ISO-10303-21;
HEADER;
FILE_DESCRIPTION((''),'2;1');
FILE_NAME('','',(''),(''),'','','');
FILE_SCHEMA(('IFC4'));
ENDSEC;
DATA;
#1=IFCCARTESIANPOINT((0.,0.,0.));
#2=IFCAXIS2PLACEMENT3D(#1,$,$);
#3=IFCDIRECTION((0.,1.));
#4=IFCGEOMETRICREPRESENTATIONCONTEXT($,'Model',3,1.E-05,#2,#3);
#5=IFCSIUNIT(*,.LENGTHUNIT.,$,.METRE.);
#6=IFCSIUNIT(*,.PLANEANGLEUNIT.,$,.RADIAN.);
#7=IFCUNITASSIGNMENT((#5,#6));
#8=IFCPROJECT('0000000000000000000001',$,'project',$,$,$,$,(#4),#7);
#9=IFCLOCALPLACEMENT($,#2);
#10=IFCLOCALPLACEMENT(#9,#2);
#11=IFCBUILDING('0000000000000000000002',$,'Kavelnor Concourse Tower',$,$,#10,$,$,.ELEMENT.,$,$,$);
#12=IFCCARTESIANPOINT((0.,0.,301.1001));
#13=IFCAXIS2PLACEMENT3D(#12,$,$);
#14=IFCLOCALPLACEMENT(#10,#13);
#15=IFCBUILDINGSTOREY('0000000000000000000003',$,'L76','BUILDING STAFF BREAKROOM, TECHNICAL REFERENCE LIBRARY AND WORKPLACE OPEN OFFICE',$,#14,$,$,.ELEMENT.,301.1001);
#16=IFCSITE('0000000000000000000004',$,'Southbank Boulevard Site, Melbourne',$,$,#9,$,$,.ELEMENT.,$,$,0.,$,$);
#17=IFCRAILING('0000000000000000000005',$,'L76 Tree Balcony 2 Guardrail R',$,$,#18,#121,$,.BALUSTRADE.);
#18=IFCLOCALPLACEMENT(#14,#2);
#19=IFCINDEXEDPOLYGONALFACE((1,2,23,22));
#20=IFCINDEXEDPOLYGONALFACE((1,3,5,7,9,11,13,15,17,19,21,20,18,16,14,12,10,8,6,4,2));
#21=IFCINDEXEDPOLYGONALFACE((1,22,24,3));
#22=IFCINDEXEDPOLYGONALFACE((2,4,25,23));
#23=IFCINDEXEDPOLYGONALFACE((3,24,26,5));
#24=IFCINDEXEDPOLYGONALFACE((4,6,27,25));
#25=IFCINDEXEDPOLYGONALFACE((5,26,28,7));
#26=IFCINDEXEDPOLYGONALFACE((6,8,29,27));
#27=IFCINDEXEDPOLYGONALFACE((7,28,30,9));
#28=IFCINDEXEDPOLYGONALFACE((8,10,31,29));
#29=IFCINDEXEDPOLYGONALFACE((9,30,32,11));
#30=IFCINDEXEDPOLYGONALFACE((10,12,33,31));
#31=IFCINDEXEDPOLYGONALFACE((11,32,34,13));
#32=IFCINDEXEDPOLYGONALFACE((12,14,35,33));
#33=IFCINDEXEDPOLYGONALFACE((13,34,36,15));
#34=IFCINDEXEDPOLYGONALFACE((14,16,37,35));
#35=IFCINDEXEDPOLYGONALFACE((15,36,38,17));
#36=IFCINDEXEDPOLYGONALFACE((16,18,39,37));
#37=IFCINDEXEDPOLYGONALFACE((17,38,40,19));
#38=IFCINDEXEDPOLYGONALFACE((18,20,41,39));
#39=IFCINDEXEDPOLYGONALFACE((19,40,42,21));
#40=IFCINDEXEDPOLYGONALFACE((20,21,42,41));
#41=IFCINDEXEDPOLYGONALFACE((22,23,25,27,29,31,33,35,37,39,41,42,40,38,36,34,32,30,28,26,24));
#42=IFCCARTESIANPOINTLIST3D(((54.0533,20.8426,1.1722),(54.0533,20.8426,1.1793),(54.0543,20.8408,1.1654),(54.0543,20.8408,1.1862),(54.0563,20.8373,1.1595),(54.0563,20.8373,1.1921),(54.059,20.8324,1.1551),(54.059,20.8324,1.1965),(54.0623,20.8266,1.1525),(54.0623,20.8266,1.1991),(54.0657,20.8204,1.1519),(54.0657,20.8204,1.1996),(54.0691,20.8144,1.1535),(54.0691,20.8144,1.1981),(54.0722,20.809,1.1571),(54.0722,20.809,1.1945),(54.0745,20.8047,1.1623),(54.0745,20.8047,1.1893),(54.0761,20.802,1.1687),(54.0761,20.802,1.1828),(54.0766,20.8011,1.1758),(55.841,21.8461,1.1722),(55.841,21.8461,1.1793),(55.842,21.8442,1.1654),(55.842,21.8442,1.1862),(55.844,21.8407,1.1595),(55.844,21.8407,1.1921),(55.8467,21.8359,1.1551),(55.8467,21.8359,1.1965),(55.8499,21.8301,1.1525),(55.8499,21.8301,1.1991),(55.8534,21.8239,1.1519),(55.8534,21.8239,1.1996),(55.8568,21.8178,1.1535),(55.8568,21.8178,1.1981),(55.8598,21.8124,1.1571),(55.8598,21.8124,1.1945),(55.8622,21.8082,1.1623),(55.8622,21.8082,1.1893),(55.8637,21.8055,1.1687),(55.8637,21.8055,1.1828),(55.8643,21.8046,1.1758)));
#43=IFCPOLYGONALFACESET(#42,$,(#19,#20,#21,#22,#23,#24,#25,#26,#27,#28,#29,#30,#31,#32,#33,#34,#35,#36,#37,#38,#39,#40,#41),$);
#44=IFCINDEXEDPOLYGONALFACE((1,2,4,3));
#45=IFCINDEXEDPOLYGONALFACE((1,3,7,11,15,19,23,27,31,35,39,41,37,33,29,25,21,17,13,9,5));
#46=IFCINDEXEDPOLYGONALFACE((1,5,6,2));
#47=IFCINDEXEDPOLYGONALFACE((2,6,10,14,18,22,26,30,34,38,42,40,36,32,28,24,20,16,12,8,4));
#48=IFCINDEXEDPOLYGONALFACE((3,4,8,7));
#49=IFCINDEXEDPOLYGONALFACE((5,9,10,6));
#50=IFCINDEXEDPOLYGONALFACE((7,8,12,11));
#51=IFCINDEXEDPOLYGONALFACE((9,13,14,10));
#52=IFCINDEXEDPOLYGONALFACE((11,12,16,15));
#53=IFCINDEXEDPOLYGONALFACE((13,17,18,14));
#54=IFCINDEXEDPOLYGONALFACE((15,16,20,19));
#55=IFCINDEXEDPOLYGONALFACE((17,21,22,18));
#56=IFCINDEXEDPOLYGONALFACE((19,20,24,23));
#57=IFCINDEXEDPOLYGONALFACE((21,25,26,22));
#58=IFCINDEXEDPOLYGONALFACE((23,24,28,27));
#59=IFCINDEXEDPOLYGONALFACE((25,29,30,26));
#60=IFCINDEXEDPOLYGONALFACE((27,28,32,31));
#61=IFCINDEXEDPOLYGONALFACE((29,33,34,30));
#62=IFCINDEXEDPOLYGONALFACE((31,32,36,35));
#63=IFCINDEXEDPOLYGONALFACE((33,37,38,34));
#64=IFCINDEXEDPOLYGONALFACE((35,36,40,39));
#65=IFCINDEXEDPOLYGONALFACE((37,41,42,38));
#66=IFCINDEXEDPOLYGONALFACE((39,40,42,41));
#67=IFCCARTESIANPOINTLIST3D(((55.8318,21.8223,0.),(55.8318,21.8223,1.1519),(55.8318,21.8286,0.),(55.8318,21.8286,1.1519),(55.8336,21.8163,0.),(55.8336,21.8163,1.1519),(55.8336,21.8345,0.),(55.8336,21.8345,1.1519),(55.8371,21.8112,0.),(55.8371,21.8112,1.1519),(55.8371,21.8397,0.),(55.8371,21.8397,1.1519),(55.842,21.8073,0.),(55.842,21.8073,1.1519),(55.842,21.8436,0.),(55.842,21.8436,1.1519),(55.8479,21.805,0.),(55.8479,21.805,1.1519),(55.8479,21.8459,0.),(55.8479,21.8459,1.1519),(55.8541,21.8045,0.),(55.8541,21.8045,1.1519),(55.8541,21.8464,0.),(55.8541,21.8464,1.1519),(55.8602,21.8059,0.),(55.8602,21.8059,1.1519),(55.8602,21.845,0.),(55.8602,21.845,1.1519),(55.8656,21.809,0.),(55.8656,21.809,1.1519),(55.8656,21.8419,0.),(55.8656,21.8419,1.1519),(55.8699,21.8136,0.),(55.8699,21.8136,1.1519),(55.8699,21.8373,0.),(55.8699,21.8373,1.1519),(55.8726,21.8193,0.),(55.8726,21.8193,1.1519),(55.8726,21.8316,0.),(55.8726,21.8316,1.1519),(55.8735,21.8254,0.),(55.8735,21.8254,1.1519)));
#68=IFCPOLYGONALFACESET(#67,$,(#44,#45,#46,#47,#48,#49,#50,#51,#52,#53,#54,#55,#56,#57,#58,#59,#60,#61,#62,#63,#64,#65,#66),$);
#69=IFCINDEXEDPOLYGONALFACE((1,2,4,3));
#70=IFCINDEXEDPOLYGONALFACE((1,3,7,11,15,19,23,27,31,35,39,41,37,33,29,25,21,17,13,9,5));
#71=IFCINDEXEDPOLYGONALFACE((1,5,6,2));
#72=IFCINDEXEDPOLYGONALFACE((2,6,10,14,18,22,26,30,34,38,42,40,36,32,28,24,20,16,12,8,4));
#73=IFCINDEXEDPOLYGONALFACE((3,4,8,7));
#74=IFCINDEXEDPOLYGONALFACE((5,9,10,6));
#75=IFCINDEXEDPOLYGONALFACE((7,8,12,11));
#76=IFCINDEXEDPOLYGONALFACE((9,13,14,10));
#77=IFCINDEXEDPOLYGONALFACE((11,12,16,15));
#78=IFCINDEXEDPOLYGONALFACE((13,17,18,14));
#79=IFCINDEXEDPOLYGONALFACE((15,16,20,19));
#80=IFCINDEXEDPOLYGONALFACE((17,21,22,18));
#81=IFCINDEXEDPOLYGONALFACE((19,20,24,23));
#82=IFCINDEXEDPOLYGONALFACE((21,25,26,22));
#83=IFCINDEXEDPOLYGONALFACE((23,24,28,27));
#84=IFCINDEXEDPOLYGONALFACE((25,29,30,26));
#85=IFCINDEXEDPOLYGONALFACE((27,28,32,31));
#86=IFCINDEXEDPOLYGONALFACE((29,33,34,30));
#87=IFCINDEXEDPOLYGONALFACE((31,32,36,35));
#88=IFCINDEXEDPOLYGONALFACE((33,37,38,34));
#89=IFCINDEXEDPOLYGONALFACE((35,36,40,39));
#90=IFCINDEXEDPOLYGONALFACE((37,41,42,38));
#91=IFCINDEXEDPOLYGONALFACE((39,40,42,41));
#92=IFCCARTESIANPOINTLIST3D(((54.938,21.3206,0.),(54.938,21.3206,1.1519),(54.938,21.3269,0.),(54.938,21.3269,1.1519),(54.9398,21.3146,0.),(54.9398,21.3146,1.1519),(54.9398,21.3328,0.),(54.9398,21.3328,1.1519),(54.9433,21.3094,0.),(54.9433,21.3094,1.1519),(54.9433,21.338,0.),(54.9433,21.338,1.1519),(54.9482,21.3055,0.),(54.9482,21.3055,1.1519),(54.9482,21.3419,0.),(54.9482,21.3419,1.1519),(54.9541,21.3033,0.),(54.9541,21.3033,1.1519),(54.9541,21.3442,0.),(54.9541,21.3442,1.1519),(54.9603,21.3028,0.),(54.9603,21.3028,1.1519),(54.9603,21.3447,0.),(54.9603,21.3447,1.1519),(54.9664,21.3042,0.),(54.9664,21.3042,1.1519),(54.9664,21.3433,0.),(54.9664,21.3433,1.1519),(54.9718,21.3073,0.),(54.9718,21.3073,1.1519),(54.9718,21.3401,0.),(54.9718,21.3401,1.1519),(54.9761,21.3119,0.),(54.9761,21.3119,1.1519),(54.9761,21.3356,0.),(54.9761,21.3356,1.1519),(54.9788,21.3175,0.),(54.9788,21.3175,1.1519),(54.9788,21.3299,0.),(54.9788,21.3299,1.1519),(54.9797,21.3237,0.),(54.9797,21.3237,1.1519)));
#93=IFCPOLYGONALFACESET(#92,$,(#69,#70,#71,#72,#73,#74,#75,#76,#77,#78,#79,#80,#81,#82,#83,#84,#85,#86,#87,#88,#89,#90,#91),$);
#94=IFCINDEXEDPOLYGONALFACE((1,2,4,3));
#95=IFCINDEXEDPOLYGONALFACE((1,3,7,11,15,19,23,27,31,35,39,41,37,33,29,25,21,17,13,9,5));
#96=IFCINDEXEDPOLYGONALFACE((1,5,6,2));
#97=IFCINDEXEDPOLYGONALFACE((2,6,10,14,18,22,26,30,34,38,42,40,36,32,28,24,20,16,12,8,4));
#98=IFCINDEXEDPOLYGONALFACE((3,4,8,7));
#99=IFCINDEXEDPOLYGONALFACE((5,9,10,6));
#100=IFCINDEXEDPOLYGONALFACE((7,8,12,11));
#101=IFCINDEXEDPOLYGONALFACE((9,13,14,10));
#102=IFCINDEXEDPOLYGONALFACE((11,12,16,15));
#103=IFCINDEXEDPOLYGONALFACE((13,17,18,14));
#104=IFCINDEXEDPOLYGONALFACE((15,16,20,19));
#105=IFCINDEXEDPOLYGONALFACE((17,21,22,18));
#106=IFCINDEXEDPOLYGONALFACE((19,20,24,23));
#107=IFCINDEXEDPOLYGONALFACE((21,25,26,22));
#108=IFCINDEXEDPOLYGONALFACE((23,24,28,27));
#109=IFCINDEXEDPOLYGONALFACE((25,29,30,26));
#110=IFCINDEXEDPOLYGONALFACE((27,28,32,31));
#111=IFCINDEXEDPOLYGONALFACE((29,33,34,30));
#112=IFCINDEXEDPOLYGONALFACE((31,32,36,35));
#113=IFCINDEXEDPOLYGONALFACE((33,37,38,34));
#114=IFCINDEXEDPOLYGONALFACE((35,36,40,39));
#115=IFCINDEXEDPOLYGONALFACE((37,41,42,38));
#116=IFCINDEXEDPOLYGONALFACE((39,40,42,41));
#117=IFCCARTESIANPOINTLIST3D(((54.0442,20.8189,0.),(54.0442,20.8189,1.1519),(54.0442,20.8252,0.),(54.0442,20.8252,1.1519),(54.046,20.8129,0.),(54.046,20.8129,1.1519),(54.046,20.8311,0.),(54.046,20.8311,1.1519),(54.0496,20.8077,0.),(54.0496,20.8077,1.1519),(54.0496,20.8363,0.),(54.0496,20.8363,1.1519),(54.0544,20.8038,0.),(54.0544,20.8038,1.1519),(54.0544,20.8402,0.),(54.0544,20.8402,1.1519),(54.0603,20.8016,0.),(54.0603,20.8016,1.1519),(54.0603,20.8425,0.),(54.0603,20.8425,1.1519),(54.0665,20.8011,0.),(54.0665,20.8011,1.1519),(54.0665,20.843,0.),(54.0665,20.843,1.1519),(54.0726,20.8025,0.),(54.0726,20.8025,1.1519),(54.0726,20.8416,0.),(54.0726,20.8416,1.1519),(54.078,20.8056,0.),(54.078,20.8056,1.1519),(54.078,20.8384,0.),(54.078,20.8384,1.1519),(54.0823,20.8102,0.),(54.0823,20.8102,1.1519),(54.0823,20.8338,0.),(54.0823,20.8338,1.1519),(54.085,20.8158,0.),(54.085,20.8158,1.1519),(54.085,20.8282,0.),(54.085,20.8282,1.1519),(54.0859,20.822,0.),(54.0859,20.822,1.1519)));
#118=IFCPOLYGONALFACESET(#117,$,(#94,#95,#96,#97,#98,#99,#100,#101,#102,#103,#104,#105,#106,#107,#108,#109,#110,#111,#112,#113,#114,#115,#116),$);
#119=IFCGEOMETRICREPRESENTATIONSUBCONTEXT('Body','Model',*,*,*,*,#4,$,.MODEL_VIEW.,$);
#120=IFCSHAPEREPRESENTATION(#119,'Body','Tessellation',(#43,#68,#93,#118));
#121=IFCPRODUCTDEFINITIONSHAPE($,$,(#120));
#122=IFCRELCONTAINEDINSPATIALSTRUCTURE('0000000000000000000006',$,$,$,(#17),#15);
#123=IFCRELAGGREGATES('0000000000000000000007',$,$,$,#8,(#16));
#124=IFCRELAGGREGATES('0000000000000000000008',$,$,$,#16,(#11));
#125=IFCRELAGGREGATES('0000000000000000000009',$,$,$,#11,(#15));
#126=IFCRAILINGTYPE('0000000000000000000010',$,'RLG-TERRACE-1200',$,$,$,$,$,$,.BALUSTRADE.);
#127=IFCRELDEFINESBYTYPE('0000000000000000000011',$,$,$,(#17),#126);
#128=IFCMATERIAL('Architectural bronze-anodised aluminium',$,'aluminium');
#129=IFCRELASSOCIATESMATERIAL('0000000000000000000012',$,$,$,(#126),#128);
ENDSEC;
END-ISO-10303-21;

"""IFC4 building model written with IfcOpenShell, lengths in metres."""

from ifc_helpers import new_model, si_unit, direction, frame, origin, origin_2d, place, context, subcontext, project, spatial, circle, extrude, material, type_object, element, save


model = new_model("IFC4")

# Units and contexts
model_context = context("Model", 3, precision=1e-05, world=origin(), true_north=direction((0.0, 1.0)))
body_context = subcontext(model_context, "Body", "Model", "MODEL_VIEW")
ifc_project = project(units=[si_unit("LENGTHUNIT", "METRE"), si_unit("PLANEANGLEUNIT", "RADIAN")], contexts=[model_context])

# Site, building, storey
site_placement = place(None, origin())
site = spatial("IfcSite", under=ifc_project, at=site_placement, Name="Southbank Boulevard Site, Melbourne", CompositionType="ELEMENT", RefElevation=0.0)
building_placement = place(site_placement, origin())
building = spatial("IfcBuilding", under=site, at=building_placement, Name="Kavelnor Concourse Tower", CompositionType="ELEMENT")
storey_placement = place(building_placement, frame((0.0, 0.0, 301.1001)))
storey = spatial("IfcBuildingStorey", under=building, at=storey_placement, Name="L76", Description="BUILDING STAFF BREAKROOM, TECHNICAL REFERENCE LIBRARY AND WORKPLACE OPEN OFFICE", CompositionType="ELEMENT", Elevation=301.1001)

# Railing
ifc_material_1 = material(Name="Architectural bronze-anodised aluminium", Category="aluminium")
railing_type_1 = type_object("IfcRailingType", Name="RLG-TERRACE-1200", PredefinedType="BALUSTRADE", material=ifc_material_1)
railing_1_placement = place(storey_placement, frame((55.8525, 21.8254, 0.0)))
element("IfcRailing", 1, at=railing_1_placement, inside=storey, type_object=railing_type_1, Name="L76 Tree Balcony 2 Guardrail R", PredefinedType="BALUSTRADE", context=body_context, shape_type="SweptSolid", body=[
    extrude(circle(Radius=0.0239, at=origin_2d()), frame((0.0, 0.0, 1.1758), z_axis=(-0.872014, -0.489481, 0.0), x_axis=(0.489481, -0.872014, 0.0)), (0.0, 0.0, 1.0), 2.05),
    extrude(circle(Radius=0.021, at=origin_2d()), origin(), (0.0, 0.0, 1.0), 1.1519),
    extrude(circle(Radius=0.021, at=origin_2d()), frame((-0.8938, -0.5017, 0.0)), (0.0, 0.0, 1.0), 1.1519),
    extrude(circle(Radius=0.021, at=origin_2d()), frame((-1.7876, -1.0034, 0.0)), (0.0, 0.0, 1.0), 1.1519),
])

save(model, "model.ifc")
